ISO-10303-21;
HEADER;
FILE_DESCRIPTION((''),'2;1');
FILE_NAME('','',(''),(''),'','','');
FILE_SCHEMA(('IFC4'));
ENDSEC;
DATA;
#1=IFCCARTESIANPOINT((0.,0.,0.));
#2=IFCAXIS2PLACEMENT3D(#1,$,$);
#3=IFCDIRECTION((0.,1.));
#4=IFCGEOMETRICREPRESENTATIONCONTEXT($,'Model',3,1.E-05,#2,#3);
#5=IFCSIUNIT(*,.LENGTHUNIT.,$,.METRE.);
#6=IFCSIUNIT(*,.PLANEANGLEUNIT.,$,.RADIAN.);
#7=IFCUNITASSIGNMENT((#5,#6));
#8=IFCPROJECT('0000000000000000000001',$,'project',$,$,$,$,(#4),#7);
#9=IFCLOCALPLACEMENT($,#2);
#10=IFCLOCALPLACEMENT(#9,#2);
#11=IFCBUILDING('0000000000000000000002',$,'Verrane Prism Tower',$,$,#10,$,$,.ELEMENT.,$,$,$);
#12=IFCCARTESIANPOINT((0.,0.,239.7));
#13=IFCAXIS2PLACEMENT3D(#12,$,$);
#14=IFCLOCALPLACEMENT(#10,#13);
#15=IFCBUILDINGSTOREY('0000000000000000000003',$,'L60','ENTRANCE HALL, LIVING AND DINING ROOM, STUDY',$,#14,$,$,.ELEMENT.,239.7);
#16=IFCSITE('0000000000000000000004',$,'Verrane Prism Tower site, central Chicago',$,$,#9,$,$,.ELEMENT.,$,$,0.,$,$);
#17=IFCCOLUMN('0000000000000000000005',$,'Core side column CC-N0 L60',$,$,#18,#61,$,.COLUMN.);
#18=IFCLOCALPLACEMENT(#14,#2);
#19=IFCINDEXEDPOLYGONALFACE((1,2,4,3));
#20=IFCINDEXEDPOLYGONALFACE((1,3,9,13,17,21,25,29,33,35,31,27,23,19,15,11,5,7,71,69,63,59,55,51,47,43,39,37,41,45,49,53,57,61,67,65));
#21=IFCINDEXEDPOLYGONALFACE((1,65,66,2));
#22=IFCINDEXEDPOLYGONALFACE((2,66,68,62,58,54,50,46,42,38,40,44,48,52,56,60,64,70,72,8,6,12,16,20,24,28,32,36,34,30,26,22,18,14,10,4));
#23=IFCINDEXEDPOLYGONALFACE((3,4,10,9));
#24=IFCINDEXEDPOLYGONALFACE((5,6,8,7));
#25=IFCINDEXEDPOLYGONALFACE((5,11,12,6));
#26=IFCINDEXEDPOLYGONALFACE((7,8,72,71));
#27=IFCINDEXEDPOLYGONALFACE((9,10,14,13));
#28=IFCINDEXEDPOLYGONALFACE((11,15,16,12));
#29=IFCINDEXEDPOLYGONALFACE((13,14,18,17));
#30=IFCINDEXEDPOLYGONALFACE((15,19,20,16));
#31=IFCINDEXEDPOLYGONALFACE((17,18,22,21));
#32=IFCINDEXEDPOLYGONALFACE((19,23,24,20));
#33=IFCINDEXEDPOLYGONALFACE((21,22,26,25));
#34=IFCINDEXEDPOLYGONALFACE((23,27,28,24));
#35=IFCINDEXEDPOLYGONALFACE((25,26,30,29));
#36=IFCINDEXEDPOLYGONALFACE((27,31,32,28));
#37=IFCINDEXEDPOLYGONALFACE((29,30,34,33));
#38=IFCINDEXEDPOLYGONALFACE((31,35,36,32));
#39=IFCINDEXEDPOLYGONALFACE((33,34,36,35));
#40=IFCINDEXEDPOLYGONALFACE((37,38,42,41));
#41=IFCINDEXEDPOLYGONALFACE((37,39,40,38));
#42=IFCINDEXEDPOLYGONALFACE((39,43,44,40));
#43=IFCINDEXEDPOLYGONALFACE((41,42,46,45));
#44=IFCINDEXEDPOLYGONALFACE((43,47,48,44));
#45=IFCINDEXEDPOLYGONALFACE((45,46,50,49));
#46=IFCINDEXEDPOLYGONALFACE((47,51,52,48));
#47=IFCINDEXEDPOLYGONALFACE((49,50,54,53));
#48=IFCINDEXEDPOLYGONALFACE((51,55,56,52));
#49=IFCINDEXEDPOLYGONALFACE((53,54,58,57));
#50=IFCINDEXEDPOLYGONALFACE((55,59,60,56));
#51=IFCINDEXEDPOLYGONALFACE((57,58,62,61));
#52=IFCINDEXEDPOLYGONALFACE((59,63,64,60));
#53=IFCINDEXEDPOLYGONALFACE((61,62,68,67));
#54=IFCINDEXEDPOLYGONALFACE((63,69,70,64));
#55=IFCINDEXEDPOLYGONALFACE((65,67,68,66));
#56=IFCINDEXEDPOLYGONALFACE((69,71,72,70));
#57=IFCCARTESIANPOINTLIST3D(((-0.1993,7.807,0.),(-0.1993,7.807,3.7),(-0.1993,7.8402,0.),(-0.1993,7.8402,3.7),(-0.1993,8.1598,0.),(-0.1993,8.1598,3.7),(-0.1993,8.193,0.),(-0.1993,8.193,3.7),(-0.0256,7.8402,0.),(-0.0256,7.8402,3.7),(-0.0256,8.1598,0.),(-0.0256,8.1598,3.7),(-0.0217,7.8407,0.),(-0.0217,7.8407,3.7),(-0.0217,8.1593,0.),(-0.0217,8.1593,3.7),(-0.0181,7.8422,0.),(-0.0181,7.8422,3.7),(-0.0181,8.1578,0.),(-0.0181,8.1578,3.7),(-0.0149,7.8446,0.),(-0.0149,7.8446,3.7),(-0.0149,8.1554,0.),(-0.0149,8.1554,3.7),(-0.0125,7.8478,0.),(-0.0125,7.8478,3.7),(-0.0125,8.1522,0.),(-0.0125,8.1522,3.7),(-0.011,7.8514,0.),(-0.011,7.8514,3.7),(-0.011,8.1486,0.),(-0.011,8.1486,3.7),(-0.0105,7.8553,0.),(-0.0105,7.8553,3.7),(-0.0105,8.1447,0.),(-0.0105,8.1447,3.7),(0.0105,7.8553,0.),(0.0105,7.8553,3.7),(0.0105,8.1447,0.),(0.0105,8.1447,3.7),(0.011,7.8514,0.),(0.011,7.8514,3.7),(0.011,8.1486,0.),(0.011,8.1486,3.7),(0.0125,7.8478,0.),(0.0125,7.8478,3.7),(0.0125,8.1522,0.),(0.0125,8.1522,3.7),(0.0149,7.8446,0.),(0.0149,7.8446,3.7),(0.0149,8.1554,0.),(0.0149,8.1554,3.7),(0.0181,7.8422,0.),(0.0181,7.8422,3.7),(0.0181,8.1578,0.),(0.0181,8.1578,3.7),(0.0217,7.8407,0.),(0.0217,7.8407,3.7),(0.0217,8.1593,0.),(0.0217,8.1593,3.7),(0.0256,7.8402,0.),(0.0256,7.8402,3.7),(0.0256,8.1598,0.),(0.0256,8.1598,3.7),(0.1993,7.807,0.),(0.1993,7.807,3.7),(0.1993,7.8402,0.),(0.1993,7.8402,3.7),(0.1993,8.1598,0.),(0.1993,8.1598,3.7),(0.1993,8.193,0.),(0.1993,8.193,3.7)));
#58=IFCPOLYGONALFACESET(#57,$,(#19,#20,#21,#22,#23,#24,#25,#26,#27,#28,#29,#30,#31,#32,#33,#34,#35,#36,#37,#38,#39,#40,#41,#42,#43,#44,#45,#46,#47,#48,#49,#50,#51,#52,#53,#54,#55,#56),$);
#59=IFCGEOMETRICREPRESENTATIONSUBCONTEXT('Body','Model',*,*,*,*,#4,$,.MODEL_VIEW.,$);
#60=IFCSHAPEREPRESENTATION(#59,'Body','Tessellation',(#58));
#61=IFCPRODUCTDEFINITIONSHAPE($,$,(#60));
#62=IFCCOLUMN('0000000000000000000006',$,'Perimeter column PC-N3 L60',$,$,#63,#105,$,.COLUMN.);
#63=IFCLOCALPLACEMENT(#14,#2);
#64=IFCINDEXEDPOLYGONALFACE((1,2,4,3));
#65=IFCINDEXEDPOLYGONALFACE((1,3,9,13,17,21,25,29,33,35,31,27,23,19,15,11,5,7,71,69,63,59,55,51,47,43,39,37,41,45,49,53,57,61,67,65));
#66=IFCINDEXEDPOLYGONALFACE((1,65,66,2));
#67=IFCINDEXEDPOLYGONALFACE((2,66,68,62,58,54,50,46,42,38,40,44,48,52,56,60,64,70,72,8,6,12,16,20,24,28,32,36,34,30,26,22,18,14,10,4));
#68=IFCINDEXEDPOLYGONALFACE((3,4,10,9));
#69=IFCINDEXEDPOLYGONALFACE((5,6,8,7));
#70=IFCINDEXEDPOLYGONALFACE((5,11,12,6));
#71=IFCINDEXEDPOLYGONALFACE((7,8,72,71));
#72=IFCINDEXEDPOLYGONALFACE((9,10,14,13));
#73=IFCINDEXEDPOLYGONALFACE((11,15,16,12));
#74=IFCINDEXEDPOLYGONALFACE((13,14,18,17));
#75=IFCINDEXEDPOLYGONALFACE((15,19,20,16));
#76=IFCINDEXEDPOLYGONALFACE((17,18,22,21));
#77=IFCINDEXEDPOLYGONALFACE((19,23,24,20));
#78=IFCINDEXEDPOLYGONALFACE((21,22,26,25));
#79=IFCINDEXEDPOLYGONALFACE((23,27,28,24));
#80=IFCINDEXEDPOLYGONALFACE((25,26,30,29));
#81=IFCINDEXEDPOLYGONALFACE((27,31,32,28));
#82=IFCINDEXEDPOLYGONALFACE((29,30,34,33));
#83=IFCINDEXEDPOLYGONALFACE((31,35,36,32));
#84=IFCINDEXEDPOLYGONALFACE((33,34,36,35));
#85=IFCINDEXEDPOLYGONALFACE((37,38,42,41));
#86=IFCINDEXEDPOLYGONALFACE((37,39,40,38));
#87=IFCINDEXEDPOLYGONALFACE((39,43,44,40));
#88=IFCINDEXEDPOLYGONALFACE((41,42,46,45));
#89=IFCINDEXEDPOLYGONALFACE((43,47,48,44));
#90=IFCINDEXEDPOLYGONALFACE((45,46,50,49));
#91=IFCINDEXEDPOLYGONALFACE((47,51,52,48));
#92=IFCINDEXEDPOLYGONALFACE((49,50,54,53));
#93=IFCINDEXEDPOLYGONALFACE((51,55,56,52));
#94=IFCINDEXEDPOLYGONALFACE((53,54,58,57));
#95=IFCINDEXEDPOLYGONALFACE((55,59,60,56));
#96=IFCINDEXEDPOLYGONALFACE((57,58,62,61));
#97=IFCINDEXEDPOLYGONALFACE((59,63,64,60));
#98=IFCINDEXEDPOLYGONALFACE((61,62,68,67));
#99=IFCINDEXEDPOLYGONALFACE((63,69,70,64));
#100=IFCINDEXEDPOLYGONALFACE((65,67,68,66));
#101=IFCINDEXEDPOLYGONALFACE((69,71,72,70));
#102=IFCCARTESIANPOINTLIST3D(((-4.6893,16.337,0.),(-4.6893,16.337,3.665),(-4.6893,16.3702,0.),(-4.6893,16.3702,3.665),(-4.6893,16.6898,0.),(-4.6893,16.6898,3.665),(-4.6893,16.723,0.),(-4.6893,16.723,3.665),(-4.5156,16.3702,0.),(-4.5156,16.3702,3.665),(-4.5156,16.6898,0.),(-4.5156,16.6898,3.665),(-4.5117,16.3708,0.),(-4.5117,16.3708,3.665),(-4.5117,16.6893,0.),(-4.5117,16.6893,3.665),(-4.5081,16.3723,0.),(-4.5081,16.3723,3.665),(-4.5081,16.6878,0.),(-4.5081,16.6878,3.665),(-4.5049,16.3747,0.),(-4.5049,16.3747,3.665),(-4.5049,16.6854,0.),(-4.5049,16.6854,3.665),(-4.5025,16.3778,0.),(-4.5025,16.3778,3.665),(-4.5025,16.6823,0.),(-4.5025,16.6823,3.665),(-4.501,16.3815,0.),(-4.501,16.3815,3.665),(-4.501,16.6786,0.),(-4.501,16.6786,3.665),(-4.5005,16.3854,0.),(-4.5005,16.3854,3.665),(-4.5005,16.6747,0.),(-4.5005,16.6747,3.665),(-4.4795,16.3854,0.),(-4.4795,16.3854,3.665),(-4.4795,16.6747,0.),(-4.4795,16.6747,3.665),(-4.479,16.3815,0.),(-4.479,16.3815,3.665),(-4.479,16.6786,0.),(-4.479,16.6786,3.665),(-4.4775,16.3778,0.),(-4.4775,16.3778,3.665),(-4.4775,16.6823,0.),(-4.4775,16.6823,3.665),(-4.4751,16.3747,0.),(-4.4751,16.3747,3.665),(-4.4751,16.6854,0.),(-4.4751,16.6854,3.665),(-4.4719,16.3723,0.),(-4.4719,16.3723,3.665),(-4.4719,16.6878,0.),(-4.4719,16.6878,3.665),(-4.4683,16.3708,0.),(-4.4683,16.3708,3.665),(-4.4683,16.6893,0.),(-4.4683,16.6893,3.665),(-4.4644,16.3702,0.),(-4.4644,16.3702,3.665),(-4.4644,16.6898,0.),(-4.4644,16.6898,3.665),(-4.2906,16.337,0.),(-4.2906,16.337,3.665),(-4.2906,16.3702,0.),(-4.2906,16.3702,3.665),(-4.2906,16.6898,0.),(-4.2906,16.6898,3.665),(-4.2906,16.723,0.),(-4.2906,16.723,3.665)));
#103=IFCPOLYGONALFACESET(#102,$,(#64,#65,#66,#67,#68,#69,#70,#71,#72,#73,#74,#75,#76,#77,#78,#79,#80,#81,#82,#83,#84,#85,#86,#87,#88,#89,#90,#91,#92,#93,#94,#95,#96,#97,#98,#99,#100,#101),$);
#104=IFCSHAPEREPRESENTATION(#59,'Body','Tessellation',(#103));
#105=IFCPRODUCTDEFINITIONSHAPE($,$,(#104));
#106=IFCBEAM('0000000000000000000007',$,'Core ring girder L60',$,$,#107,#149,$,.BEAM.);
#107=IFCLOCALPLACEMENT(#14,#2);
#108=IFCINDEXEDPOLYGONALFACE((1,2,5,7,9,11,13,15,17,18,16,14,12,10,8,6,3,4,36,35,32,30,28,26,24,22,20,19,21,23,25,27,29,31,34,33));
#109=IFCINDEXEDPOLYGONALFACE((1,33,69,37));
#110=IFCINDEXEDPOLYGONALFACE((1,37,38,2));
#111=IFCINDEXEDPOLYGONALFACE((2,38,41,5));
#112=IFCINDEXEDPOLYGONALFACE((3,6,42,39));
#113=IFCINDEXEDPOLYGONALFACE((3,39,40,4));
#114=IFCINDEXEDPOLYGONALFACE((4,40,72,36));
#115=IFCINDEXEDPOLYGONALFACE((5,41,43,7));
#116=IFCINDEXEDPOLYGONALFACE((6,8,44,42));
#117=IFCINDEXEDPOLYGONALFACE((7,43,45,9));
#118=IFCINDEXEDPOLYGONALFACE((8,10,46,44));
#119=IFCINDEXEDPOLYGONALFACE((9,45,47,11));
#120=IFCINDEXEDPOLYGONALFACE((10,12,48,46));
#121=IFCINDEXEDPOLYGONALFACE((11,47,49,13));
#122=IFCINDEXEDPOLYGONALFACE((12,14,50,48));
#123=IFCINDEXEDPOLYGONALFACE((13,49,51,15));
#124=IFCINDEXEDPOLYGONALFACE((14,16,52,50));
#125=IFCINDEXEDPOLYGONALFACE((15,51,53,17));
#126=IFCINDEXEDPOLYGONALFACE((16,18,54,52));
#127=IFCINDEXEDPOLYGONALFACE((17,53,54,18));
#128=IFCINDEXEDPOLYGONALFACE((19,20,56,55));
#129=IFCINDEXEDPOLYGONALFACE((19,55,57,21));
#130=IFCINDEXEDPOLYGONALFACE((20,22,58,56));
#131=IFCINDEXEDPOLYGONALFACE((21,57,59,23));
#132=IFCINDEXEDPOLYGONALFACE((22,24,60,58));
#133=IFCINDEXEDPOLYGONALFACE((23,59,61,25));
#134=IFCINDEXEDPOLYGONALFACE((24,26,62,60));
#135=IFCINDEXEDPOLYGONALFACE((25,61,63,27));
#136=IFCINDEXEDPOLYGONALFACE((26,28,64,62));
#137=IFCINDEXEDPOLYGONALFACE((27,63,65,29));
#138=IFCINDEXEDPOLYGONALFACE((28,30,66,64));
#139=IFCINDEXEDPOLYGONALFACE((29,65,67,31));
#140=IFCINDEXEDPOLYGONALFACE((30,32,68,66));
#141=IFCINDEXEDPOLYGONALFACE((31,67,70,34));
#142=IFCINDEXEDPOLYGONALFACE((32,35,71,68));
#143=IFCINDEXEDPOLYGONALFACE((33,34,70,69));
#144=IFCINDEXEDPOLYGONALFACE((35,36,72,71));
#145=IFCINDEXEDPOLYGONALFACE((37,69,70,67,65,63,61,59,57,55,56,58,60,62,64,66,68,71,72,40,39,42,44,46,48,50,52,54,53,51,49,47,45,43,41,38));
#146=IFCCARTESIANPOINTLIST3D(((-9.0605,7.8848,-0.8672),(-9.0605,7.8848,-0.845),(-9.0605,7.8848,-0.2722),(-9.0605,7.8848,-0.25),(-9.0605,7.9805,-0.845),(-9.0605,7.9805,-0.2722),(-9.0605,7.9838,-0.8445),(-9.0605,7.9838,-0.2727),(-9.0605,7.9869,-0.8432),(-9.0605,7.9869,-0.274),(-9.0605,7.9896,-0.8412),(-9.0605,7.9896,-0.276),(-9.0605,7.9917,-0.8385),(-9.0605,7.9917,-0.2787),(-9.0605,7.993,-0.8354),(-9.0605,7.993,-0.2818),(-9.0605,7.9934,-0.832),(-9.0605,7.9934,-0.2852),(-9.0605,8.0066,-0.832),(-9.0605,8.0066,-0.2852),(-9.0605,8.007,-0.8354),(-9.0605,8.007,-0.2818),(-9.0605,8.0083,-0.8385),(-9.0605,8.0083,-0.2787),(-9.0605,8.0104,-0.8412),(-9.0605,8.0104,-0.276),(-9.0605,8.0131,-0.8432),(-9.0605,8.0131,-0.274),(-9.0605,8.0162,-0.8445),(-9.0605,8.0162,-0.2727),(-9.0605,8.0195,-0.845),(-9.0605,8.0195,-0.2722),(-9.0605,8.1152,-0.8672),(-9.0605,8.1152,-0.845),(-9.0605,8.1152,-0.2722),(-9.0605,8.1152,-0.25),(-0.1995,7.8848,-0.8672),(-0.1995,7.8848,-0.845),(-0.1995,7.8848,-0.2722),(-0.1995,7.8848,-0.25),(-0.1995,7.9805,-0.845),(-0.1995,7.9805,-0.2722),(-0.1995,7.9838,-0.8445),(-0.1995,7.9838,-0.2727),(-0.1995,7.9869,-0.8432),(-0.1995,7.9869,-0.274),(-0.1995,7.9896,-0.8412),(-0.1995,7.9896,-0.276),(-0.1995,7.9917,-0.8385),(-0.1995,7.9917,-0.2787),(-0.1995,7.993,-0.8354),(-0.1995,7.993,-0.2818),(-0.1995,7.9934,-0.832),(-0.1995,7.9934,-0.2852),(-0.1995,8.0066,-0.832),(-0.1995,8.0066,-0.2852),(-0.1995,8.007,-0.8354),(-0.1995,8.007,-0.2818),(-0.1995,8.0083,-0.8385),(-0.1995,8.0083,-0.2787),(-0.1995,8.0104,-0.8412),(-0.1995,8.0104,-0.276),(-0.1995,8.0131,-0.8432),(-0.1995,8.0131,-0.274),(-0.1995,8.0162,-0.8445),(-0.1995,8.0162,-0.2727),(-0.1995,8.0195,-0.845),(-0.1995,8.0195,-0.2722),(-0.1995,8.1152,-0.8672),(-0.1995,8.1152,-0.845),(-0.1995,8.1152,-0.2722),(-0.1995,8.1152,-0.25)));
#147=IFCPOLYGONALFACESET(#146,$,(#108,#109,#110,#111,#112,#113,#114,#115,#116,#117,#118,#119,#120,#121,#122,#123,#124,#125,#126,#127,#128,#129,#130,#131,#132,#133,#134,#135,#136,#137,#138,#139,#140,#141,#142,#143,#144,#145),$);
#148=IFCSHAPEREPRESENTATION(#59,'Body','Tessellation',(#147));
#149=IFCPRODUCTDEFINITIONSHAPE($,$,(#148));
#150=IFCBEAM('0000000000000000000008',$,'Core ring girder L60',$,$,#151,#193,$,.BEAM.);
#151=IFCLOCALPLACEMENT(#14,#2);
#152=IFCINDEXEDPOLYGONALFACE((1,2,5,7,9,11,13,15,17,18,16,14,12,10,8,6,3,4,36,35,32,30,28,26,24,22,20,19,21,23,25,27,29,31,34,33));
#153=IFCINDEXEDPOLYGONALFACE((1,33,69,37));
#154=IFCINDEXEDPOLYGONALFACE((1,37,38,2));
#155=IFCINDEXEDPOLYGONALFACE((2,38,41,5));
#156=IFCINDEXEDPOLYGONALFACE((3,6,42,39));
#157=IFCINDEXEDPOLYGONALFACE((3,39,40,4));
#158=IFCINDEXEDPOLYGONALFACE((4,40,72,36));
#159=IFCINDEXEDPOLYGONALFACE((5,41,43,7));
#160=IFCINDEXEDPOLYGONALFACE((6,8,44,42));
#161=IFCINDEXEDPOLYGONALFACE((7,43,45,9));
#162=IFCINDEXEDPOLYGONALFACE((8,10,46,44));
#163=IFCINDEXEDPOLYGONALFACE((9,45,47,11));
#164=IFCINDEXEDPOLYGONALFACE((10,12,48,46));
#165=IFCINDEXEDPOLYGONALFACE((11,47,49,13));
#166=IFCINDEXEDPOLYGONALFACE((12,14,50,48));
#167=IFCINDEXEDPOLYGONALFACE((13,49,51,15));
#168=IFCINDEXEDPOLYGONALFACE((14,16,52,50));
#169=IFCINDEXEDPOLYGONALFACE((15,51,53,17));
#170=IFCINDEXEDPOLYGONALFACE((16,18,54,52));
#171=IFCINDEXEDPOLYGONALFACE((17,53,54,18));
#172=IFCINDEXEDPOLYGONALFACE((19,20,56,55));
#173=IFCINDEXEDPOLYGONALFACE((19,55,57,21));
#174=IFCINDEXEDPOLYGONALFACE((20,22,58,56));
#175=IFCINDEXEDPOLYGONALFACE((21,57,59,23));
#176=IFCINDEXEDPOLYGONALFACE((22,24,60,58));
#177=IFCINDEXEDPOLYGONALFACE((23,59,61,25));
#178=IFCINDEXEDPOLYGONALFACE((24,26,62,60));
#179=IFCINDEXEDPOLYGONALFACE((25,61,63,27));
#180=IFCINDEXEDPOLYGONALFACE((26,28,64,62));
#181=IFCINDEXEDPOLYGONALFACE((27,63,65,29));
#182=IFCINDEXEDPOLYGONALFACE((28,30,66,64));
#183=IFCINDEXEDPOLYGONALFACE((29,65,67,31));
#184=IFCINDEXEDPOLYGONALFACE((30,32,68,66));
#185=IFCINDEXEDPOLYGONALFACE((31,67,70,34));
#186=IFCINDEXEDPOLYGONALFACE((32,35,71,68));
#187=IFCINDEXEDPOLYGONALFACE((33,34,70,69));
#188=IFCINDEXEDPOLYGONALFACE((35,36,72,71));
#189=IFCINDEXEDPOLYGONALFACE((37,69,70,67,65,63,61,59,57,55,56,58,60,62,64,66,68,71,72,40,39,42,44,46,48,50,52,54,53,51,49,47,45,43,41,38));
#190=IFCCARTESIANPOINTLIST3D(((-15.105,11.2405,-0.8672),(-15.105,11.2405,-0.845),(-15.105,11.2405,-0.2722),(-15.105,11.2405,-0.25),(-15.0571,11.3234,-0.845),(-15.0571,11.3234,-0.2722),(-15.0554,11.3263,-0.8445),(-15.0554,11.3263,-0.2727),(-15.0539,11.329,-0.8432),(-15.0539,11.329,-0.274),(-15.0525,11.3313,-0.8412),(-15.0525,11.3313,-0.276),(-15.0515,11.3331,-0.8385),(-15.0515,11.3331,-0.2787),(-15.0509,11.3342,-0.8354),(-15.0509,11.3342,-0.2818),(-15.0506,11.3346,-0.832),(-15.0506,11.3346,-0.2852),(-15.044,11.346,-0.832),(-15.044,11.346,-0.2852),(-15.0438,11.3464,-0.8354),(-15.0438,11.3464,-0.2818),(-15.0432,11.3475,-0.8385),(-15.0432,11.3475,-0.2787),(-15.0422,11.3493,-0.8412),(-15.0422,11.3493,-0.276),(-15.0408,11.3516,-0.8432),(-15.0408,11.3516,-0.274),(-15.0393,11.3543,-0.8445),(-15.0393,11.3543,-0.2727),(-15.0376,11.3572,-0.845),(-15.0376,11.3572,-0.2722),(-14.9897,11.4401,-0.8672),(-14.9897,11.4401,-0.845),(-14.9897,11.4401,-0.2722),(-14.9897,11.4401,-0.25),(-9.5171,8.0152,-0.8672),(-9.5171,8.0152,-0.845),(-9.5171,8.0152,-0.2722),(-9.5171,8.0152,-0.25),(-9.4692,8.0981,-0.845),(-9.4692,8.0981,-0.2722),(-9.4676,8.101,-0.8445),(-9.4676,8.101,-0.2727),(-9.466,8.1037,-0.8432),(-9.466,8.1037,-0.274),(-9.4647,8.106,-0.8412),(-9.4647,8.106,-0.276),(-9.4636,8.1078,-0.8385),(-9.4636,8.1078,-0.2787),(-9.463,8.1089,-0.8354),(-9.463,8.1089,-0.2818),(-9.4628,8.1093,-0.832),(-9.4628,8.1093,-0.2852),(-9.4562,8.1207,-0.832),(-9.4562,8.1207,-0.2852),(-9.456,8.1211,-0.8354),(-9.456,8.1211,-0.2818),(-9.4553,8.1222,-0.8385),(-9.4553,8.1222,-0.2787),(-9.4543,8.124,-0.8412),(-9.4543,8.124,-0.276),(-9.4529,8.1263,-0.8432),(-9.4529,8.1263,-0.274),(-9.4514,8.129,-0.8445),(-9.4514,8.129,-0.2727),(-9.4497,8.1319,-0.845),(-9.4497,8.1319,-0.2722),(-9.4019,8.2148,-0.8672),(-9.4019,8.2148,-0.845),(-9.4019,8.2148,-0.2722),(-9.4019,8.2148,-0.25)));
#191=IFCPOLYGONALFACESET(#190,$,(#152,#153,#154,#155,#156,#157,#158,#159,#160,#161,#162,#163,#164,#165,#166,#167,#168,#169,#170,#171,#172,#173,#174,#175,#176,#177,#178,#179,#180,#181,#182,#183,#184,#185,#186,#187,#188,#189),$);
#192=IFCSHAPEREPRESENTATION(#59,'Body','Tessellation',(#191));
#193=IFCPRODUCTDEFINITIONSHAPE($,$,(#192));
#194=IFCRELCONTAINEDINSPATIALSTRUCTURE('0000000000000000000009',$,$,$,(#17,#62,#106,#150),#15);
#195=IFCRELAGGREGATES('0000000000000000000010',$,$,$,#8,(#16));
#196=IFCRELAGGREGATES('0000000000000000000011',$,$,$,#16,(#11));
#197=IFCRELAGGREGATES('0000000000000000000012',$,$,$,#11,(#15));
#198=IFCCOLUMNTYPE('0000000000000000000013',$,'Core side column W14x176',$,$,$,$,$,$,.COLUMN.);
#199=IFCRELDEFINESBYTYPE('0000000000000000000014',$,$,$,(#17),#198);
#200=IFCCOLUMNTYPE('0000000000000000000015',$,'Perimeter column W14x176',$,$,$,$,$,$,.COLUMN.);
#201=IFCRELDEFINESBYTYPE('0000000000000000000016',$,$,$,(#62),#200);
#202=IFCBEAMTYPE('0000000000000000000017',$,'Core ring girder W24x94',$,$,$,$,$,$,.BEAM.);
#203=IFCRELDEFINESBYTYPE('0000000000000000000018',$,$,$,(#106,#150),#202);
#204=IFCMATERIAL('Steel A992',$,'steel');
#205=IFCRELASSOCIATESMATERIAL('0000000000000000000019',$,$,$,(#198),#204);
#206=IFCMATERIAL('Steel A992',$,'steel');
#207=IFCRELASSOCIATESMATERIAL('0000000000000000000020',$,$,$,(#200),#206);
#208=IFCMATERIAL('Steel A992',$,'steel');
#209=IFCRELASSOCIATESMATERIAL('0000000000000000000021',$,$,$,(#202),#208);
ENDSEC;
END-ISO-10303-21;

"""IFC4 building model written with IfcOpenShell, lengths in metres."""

from ifc_helpers import new_model, si_unit, direction, frame, origin, origin_2d, place, context, subcontext, project, spatial, i_section, extrude, material, material_profile, profile_set, type_object, element, save


model = new_model("IFC4")

# Units and contexts
model_context = context("Model", 3, precision=1e-05, world=origin(), true_north=direction((0.0, 1.0)))
body_context = subcontext(model_context, "Body", "Model", "MODEL_VIEW")
ifc_project = project(units=[si_unit("LENGTHUNIT", "METRE"), si_unit("PLANEANGLEUNIT", "RADIAN")], contexts=[model_context])

# Site, building, storey
site_placement = place(None, origin())
site = spatial("IfcSite", under=ifc_project, at=site_placement, Name="Verrane Prism Tower site, central Chicago", CompositionType="ELEMENT", RefElevation=0.0)
building_placement = place(site_placement, origin())
building = spatial("IfcBuilding", under=site, at=building_placement, Name="Verrane Prism Tower", CompositionType="ELEMENT")
storey_placement = place(building_placement, frame((0.0, 0.0, 239.7)))
storey = spatial("IfcBuildingStorey", under=building, at=storey_placement, Name="L60", Description="ENTRANCE HALL, LIVING AND DINING ROOM, STUDY", CompositionType="ELEMENT", Elevation=239.7)

# Columns
ifc_material_1 = material(Name="Steel A992", Category="steel")
ifc_material_profile_1 = material_profile(ifc_material_1, i_section(OverallWidth=0.3987, OverallDepth=0.386, WebThickness=0.021, FlangeThickness=0.0332, FilletRadius=0.0151, at=origin_2d()), Name="W14x176")
ifc_profile_set_1 = profile_set([ifc_material_profile_1], Name="Steel A992")
column_type_1 = type_object("IfcColumnType", Name="Core side column W14x176", PredefinedType="COLUMN", material=ifc_profile_set_1)
column_1_placement = place(storey_placement, frame((0.0, 8.0, 0.0), z_axis=(0.0, 0.0, 1.0), x_axis=(1.0, 0.0, 0.0)))
element("IfcColumn", 1, at=column_1_placement, inside=storey, type_object=column_type_1, Name="Core side column CC-N0 L60", PredefinedType="COLUMN", context=body_context, shape_type="SweptSolid", body=[
    extrude(i_section(OverallWidth=0.3987, OverallDepth=0.386, WebThickness=0.021, FlangeThickness=0.0332, FilletRadius=0.0151, at=origin_2d()), origin(), (0.0, 0.0, 1.0), 3.7),
])
ifc_material_2 = material(Name="Steel A992", Category="steel")
ifc_material_profile_2 = material_profile(ifc_material_2, i_section(OverallWidth=0.3987, OverallDepth=0.386, WebThickness=0.021, FlangeThickness=0.0332, FilletRadius=0.0151, at=origin_2d()), Name="W14x176")
ifc_profile_set_2 = profile_set([ifc_material_profile_2], Name="Steel A992")
column_type_2 = type_object("IfcColumnType", Name="Perimeter column W14x176", PredefinedType="COLUMN", material=ifc_profile_set_2)
column_2_placement = place(storey_placement, frame((-4.49, 16.53, 0.0), z_axis=(0.0, 0.0, 1.0), x_axis=(1.0, 0.0, 0.0)))
element("IfcColumn", 2, at=column_2_placement, inside=storey, type_object=column_type_2, Name="Perimeter column PC-N3 L60", PredefinedType="COLUMN", context=body_context, shape_type="SweptSolid", body=[
    extrude(i_section(OverallWidth=0.3987, OverallDepth=0.386, WebThickness=0.021, FlangeThickness=0.0332, FilletRadius=0.0151, at=origin_2d()), origin(), (0.0, 0.0, 1.0), 3.665),
])

# Beams
ifc_material_3 = material(Name="Steel A992", Category="steel")
ifc_material_profile_3 = material_profile(ifc_material_3, i_section(OverallWidth=0.2305, OverallDepth=0.6172, WebThickness=0.0132, FlangeThickness=0.0222, FilletRadius=0.0129, at=origin_2d()), Name="W24x94")
ifc_profile_set_3 = profile_set([ifc_material_profile_3], Name="Steel A992")
beam_type_1 = type_object("IfcBeamType", Name="Core ring girder W24x94", PredefinedType="BEAM", material=ifc_profile_set_3)
beam_1_placement = place(storey_placement, frame((-0.1995, 8.0, -0.5586), z_axis=(-1.0, 0.0, 0.0), x_axis=(0.0, -1.0, 0.0)))
element("IfcBeam", 3, at=beam_1_placement, inside=storey, type_object=beam_type_1, Name="Core ring girder L60", PredefinedType="BEAM", context=body_context, shape_type="SweptSolid", body=[
    extrude(i_section(OverallWidth=0.2305, OverallDepth=0.6172, WebThickness=0.0132, FlangeThickness=0.0222, FilletRadius=0.0129, at=origin_2d()), origin(), (0.0, 0.0, 1.0), 8.8611),
])
beam_2_placement = place(storey_placement, frame((-9.4595, 8.115, -0.5586), z_axis=(-0.866081, 0.499904, 0.0), x_axis=(-0.499904, -0.866081, 0.0)))
element("IfcBeam", 4, at=beam_2_placement, inside=storey, type_object=beam_type_1, Name="Core ring girder L60", PredefinedType="BEAM", context=body_context, shape_type="SweptSolid", body=[
    extrude(i_section(OverallWidth=0.2305, OverallDepth=0.6172, WebThickness=0.0132, FlangeThickness=0.0222, FilletRadius=0.0129, at=origin_2d()), origin(), (0.0, 0.0, 1.0), 6.4519),
])

save(model, "model.ifc")
